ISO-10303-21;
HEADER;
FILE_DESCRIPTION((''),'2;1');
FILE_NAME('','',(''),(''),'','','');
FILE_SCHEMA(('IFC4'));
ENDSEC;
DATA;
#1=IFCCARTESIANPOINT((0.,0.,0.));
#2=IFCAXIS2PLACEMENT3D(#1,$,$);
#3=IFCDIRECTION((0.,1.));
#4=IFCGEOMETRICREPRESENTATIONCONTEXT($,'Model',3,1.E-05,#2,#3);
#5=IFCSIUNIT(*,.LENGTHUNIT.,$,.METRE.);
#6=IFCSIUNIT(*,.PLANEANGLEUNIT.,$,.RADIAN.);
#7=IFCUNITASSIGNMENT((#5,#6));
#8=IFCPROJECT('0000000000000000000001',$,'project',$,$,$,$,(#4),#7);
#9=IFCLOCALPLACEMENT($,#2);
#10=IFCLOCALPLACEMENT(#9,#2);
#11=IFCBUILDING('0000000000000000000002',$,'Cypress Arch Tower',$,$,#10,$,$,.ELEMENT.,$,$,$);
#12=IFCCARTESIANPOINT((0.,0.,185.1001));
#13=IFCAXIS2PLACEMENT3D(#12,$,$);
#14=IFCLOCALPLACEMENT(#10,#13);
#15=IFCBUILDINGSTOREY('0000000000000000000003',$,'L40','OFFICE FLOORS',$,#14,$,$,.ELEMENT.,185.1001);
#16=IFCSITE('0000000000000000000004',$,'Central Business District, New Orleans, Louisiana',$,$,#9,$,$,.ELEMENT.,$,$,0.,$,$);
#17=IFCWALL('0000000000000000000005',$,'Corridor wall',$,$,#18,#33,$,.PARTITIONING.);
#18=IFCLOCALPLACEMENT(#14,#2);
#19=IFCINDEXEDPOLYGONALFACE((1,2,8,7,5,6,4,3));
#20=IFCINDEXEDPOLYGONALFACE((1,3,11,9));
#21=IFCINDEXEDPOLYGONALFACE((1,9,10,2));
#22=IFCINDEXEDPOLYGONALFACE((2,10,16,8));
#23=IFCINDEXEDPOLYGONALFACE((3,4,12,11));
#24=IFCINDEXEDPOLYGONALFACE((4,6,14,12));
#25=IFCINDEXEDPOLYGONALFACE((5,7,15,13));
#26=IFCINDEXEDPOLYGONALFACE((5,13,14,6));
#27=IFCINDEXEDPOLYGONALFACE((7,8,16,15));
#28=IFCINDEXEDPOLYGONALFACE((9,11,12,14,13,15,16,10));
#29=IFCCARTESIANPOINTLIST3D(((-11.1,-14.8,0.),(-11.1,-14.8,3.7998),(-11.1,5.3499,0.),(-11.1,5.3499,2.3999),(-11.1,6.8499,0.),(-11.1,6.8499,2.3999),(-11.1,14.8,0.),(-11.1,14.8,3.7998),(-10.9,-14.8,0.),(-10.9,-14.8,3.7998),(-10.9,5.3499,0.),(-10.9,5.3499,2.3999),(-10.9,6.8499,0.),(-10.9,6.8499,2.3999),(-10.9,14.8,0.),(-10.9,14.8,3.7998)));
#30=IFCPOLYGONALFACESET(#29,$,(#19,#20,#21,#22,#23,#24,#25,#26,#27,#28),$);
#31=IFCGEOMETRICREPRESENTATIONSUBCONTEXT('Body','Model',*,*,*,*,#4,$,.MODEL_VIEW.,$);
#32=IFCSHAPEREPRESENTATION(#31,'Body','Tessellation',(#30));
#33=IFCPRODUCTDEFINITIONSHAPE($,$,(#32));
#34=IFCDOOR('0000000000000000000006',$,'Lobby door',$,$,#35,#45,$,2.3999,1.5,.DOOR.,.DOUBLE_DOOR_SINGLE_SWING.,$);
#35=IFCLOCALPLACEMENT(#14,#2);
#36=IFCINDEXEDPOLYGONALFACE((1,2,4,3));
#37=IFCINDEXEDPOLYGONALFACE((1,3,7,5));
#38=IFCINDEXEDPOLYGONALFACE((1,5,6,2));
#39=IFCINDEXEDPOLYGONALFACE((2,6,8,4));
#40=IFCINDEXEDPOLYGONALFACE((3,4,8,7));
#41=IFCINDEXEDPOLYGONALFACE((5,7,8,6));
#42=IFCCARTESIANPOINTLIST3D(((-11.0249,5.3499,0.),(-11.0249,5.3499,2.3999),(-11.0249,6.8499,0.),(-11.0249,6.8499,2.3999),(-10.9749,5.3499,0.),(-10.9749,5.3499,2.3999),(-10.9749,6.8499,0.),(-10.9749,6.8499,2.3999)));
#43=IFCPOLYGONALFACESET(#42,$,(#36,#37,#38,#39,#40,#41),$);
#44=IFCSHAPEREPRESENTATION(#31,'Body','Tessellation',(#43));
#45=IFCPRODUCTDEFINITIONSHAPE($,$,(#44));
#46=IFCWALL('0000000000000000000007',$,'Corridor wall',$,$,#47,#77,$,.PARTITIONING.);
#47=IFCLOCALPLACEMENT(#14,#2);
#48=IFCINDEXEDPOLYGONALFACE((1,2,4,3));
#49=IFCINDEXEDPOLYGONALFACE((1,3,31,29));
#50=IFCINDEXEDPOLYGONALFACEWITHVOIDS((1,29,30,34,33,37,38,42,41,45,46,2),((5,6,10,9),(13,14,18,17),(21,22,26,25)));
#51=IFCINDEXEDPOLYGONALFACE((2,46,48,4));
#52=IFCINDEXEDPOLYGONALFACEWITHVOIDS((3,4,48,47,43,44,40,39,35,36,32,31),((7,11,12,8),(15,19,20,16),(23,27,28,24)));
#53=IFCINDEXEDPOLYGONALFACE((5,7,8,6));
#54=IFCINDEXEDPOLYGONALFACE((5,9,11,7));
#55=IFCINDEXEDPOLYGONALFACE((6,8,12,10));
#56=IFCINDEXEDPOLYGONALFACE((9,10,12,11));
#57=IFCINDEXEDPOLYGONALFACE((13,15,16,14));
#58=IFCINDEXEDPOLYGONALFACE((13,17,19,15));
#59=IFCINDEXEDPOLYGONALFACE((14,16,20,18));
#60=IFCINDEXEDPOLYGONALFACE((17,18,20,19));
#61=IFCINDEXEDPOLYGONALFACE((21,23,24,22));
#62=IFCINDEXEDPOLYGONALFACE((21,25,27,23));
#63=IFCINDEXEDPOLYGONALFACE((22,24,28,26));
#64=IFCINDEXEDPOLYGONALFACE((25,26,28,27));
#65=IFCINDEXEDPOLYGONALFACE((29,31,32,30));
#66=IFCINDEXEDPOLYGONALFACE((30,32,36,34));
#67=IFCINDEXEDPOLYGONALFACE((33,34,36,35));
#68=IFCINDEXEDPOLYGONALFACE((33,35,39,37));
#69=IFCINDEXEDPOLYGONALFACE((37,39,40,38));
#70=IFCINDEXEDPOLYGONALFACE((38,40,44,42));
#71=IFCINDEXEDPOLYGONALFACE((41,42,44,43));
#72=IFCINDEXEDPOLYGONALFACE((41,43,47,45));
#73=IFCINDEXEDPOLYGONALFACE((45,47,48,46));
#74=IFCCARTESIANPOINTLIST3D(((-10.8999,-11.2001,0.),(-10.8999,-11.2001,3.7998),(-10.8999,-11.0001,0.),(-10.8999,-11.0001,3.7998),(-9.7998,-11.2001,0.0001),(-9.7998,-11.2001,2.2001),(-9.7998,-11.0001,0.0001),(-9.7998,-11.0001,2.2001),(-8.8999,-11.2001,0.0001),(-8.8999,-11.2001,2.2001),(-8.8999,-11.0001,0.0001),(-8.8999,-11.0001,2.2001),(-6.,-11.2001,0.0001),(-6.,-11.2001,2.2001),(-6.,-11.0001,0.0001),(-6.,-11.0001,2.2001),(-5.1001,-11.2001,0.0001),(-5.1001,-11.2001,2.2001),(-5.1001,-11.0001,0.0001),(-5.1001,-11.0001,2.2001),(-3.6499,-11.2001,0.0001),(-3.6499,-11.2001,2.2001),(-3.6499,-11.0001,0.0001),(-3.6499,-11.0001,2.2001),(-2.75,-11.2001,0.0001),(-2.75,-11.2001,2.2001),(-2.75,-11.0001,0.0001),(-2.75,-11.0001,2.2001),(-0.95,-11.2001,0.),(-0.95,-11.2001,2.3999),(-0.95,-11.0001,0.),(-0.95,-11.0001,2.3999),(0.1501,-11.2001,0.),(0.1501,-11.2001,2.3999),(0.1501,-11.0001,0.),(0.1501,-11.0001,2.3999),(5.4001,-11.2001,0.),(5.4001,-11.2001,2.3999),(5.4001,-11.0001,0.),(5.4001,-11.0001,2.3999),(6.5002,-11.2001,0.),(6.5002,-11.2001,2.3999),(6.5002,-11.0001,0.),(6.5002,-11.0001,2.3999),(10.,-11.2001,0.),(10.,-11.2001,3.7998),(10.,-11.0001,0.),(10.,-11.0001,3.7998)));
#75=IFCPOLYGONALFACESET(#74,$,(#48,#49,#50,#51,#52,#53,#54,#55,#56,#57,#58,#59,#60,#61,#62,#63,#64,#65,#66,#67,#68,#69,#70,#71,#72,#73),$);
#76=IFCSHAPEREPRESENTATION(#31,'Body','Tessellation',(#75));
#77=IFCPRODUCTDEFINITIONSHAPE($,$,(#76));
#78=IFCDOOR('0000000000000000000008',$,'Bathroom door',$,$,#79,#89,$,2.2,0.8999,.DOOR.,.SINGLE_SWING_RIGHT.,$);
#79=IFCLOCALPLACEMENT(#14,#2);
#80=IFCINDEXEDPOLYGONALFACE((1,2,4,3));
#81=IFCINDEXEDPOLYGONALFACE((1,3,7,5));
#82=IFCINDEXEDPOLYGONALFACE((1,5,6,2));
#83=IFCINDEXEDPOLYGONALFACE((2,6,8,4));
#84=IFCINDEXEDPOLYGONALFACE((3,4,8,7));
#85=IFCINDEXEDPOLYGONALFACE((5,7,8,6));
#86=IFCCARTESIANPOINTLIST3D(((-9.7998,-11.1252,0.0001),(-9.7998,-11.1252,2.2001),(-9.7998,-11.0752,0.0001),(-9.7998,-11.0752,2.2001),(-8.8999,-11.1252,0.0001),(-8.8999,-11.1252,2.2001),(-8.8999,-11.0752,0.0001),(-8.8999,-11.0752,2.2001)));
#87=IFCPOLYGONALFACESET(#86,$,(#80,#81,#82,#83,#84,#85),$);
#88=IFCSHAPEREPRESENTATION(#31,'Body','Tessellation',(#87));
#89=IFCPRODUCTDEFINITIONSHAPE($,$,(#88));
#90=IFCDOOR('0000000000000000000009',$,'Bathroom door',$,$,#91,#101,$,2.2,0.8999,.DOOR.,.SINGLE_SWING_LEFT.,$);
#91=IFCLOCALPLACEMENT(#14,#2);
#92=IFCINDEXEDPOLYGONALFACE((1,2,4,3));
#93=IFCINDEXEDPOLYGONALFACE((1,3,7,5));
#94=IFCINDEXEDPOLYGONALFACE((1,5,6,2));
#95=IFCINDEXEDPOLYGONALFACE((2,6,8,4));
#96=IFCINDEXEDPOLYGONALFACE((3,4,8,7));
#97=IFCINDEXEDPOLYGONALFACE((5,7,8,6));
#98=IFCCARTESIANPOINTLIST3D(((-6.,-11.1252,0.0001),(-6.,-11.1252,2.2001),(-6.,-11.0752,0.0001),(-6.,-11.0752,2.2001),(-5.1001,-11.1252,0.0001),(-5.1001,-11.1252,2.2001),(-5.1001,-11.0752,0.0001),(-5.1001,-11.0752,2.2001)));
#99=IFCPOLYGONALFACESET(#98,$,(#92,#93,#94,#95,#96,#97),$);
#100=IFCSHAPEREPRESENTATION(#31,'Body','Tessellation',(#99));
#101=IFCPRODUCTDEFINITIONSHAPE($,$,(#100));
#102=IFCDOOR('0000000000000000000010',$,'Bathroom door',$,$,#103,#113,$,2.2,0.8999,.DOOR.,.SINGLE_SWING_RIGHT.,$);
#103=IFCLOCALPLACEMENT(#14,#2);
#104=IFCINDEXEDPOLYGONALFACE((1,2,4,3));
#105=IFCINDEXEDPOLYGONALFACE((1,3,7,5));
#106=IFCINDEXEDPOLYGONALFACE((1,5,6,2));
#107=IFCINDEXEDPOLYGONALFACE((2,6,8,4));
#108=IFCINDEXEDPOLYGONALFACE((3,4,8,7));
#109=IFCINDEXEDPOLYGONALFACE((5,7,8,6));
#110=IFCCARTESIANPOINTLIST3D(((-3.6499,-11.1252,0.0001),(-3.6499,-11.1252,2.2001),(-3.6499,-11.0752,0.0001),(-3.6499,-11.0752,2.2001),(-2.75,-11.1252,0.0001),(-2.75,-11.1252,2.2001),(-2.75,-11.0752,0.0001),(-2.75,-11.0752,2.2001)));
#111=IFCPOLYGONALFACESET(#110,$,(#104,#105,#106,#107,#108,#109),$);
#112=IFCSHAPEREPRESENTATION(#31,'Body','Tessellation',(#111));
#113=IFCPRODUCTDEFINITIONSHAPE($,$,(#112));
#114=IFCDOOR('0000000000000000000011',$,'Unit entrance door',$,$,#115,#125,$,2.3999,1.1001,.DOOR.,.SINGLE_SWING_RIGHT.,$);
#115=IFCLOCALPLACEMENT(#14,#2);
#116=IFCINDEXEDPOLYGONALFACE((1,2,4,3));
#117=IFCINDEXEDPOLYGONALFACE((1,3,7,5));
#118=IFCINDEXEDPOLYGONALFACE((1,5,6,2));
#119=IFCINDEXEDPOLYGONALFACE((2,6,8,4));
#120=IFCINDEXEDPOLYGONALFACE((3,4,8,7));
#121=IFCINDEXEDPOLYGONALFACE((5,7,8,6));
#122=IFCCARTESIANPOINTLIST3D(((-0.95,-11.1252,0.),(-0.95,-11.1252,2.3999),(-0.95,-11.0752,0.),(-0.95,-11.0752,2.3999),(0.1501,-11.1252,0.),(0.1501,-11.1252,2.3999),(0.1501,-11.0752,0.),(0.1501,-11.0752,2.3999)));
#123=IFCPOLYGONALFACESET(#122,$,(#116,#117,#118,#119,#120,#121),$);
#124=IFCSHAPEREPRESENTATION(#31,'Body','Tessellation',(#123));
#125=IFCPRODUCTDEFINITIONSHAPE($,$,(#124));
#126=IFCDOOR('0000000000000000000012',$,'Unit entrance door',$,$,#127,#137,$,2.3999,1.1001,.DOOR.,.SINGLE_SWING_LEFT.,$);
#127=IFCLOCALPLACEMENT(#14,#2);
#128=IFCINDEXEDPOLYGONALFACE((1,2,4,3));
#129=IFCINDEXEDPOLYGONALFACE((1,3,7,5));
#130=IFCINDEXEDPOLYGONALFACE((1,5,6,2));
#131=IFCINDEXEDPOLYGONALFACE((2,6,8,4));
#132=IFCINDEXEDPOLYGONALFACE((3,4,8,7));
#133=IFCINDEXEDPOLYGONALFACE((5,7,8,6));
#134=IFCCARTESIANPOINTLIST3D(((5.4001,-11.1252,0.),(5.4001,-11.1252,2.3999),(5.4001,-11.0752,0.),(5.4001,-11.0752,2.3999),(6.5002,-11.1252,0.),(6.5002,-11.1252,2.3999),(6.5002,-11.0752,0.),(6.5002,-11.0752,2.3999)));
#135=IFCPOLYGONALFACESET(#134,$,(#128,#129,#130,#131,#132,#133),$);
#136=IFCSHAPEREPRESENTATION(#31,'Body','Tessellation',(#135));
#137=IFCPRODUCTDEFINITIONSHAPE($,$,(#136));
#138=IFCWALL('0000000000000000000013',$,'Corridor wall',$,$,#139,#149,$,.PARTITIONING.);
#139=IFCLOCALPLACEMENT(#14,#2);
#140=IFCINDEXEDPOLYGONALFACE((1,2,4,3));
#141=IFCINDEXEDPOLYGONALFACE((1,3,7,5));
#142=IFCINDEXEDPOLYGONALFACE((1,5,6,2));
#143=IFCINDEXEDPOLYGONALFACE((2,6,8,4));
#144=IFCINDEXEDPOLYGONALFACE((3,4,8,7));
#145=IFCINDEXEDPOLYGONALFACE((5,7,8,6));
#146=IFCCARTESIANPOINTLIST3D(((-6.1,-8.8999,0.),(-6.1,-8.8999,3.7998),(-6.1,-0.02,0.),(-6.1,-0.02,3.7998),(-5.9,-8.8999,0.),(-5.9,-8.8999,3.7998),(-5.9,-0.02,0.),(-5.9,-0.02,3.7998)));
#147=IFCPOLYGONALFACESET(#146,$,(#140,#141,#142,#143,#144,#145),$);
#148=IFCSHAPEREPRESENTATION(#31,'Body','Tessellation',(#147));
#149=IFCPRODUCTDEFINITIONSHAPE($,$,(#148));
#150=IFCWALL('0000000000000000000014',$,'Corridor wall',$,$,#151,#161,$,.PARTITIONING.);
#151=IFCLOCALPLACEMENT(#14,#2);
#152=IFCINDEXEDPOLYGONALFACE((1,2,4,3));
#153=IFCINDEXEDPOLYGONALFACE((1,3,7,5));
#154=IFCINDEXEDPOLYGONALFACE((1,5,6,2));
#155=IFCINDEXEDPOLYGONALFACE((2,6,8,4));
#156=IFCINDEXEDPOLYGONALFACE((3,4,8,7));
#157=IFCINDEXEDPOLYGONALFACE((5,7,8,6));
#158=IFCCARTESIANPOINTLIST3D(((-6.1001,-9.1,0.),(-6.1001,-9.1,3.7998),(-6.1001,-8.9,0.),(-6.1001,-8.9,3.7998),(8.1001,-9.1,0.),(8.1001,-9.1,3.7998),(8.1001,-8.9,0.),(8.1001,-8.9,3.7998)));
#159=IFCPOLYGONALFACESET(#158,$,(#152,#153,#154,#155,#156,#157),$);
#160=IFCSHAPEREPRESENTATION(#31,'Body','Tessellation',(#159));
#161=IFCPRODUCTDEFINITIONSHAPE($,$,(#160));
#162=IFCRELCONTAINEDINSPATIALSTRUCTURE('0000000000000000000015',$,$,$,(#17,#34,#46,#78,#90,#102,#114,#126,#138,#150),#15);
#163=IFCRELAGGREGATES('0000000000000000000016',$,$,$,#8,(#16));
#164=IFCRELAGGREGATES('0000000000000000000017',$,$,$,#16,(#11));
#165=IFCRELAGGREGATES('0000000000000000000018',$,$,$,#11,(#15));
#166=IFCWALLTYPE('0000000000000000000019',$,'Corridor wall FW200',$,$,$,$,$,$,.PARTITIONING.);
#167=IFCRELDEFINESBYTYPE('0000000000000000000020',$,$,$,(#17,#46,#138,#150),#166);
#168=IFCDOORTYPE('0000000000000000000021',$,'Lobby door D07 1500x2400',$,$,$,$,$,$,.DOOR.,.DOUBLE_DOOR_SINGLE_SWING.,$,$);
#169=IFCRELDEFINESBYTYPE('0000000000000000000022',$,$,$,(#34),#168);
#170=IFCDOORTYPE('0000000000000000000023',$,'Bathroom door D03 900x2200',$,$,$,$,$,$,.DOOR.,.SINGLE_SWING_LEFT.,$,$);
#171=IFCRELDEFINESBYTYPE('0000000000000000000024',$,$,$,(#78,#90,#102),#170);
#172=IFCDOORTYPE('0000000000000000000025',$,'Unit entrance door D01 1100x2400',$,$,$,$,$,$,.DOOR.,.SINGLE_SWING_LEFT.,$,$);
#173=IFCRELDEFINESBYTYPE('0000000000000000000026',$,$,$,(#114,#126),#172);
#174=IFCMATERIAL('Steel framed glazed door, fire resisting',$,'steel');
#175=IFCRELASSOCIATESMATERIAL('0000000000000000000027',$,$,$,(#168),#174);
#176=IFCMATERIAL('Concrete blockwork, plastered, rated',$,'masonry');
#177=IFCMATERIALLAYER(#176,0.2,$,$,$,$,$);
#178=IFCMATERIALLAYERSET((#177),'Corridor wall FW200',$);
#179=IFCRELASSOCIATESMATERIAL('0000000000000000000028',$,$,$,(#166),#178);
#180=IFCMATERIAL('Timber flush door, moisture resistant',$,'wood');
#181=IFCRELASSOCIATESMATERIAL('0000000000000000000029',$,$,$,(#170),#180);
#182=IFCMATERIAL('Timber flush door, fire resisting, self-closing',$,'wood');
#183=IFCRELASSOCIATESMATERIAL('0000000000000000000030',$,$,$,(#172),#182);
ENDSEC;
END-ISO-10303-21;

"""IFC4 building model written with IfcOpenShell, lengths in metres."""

from ifc_helpers import new_model, si_unit, direction, frame, frame_2d, origin, place, context, subcontext, project, spatial, rectangle, extrude, material, layer, layer_set, type_object, element, fill, save


model = new_model("IFC4")

# Units and contexts
model_context = context("Model", 3, precision=1e-05, world=origin(), true_north=direction((0.0, 1.0)))
body_context = subcontext(model_context, "Body", "Model", "MODEL_VIEW")
ifc_project = project(units=[si_unit("LENGTHUNIT", "METRE"), si_unit("PLANEANGLEUNIT", "RADIAN")], contexts=[model_context])

# Site, building, storey
site_placement = place(None, origin())
site = spatial("IfcSite", under=ifc_project, at=site_placement, Name="Central Business District, New Orleans, Louisiana", CompositionType="ELEMENT", RefElevation=0.0)
building_placement = place(site_placement, origin())
building = spatial("IfcBuilding", under=site, at=building_placement, Name="Cypress Arch Tower", CompositionType="ELEMENT")
storey_placement = place(building_placement, frame((0.0, 0.0, 185.1001)))
storey = spatial("IfcBuildingStorey", under=building, at=storey_placement, Name="L40", Description="OFFICE FLOORS", CompositionType="ELEMENT", Elevation=185.1001)

# Shared definitions
ifc_material_1 = material(Name="Steel framed glazed door, fire resisting", Category="steel")
door_type_1 = type_object("IfcDoorType", Name="Lobby door D07 1500x2400", OperationType="DOUBLE_DOOR_SINGLE_SWING", PredefinedType="DOOR", material=ifc_material_1)

# Shared definitions
ifc_material_2 = material(Name="Concrete blockwork, plastered, rated", Category="masonry")
ifc_layer_1 = layer(ifc_material_2, 0.2)
ifc_layer_set_1 = layer_set([ifc_layer_1], Name="Corridor wall FW200")
wall_type_1 = type_object("IfcWallType", Name="Corridor wall FW200", PredefinedType="PARTITIONING", material=ifc_layer_set_1)

# Wall, opening, door
wall_1_placement = place(storey_placement, frame((-11.0, -14.8, 0.0), z_axis=(0.0, 0.0, 1.0), x_axis=(0.0, 1.0, 0.0)))
wall_1 = element("IfcWall", 1, at=wall_1_placement, inside=storey, type_object=wall_type_1, Name="Corridor wall", PredefinedType="PARTITIONING", context=body_context, shape_type="SweptSolid", body=[
    extrude(rectangle(XDim=29.6001, YDim=0.2, at=frame_2d((14.8, 0.0))), origin(), (0.0, 0.0, 1.0), 3.7998),
])
opening_1_placement = place(wall_1_placement, frame((20.1499, 0.0, 0.0)))
opening_1 = element("IfcOpeningElement", 2, at=opening_1_placement, cuts=wall_1, PredefinedType="OPENING", context=body_context, shape_type="SweptSolid", body=[
    extrude(rectangle(XDim=1.5, YDim=2.3999, at=frame_2d((0.75, 1.2))), frame((0.0, 0.1099, 0.0), z_axis=(0.0, -1.0, 0.0), x_axis=(1.0, 0.0, 0.0)), (0.0, 0.0, 1.0), 0.22),
])
door_1_placement = place(opening_1_placement, origin())
door_1 = element("IfcDoor", 3, at=door_1_placement, inside=storey, type_object=door_type_1, Name="Lobby door", OperationType="DOUBLE_DOOR_SINGLE_SWING", OverallHeight=2.3999, OverallWidth=1.5, PredefinedType="DOOR", context=body_context, shape_type="SweptSolid", body=[
    extrude(rectangle(XDim=1.5, YDim=2.3999, at=frame_2d((0.75, 1.2))), frame((0.0, 0.0249, 0.0), z_axis=(0.0, -1.0, 0.0), x_axis=(1.0, 0.0, 0.0)), (0.0, 0.0, 1.0), 0.05),
])
fill(opening_1, door_1)

# Wall, openings, doors
wall_2_placement = place(storey_placement, frame((-10.8999, -11.1001, 0.0), z_axis=(0.0, 0.0, 1.0), x_axis=(1.0, 0.0, 0.0)))
wall_2 = element("IfcWall", 4, at=wall_2_placement, inside=storey, type_object=wall_type_1, Name="Corridor wall", PredefinedType="PARTITIONING", context=body_context, shape_type="SweptSolid", body=[
    extrude(rectangle(XDim=20.8999, YDim=0.2, at=frame_2d((10.45, 0.0))), origin(), (0.0, 0.0, 1.0), 3.7998),
])
opening_2_placement = place(wall_2_placement, frame((1.1001, 0.0, 0.0)))
opening_2 = element("IfcOpeningElement", 5, at=opening_2_placement, cuts=wall_2, PredefinedType="OPENING", context=body_context, shape_type="SweptSolid", body=[
    extrude(rectangle(XDim=0.8999, YDim=2.2, at=frame_2d((0.45, 1.1001))), frame((0.0, 0.1099, 0.0), z_axis=(0.0, -1.0, 0.0), x_axis=(1.0, 0.0, 0.0)), (0.0, 0.0, 1.0), 0.22),
])
opening_3_placement = place(wall_2_placement, frame((4.8999, 0.0, 0.0)))
opening_3 = element("IfcOpeningElement", 6, at=opening_3_placement, cuts=wall_2, PredefinedType="OPENING", context=body_context, shape_type="SweptSolid", body=[
    extrude(rectangle(XDim=0.8999, YDim=2.2, at=frame_2d((0.45, 1.1001))), frame((0.0, 0.1099, 0.0), z_axis=(0.0, -1.0, 0.0), x_axis=(1.0, 0.0, 0.0)), (0.0, 0.0, 1.0), 0.22),
])
opening_4_placement = place(wall_2_placement, frame((7.25, 0.0, 0.0)))
opening_4 = element("IfcOpeningElement", 7, at=opening_4_placement, cuts=wall_2, PredefinedType="OPENING", context=body_context, shape_type="SweptSolid", body=[
    extrude(rectangle(XDim=0.8999, YDim=2.2, at=frame_2d((0.45, 1.1001))), frame((0.0, 0.1099, 0.0), z_axis=(0.0, -1.0, 0.0), x_axis=(1.0, 0.0, 0.0)), (0.0, 0.0, 1.0), 0.22),
])
opening_5_placement = place(wall_2_placement, frame((9.95, 0.0, 0.0)))
opening_5 = element("IfcOpeningElement", 8, at=opening_5_placement, cuts=wall_2, PredefinedType="OPENING", context=body_context, shape_type="SweptSolid", body=[
    extrude(rectangle(XDim=1.1001, YDim=2.3999, at=frame_2d((0.55, 1.2))), frame((0.0, 0.1099, 0.0), z_axis=(0.0, -1.0, 0.0), x_axis=(1.0, 0.0, 0.0)), (0.0, 0.0, 1.0), 0.22),
])
opening_6_placement = place(wall_2_placement, frame((16.3, 0.0, 0.0)))
opening_6 = element("IfcOpeningElement", 9, at=opening_6_placement, cuts=wall_2, PredefinedType="OPENING", context=body_context, shape_type="SweptSolid", body=[
    extrude(rectangle(XDim=1.1001, YDim=2.3999, at=frame_2d((0.55, 1.2))), frame((0.0, 0.1099, 0.0), z_axis=(0.0, -1.0, 0.0), x_axis=(1.0, 0.0, 0.0)), (0.0, 0.0, 1.0), 0.22),
])
ifc_material_3 = material(Name="Timber flush door, moisture resistant", Category="wood")
door_type_2 = type_object("IfcDoorType", Name="Bathroom door D03 900x2200", OperationType="SINGLE_SWING_LEFT", PredefinedType="DOOR", material=ifc_material_3)
door_2_placement = place(opening_2_placement, origin())
door_2 = element("IfcDoor", 10, at=door_2_placement, inside=storey, type_object=door_type_2, Name="Bathroom door", OperationType="SINGLE_SWING_RIGHT", OverallHeight=2.2, OverallWidth=0.8999, PredefinedType="DOOR", context=body_context, shape_type="SweptSolid", body=[
    extrude(rectangle(XDim=0.8999, YDim=2.2, at=frame_2d((0.45, 1.1001))), frame((0.0, 0.0249, 0.0), z_axis=(0.0, -1.0, 0.0), x_axis=(1.0, 0.0, 0.0)), (0.0, 0.0, 1.0), 0.05),
])
fill(opening_2, door_2)
door_3_placement = place(opening_3_placement, origin())
door_3 = element("IfcDoor", 11, at=door_3_placement, inside=storey, type_object=door_type_2, Name="Bathroom door", OperationType="SINGLE_SWING_LEFT", OverallHeight=2.2, OverallWidth=0.8999, PredefinedType="DOOR", context=body_context, shape_type="SweptSolid", body=[
    extrude(rectangle(XDim=0.8999, YDim=2.2, at=frame_2d((0.45, 1.1001))), frame((0.0, 0.0249, 0.0), z_axis=(0.0, -1.0, 0.0), x_axis=(1.0, 0.0, 0.0)), (0.0, 0.0, 1.0), 0.05),
])
fill(opening_3, door_3)
door_4_placement = place(opening_4_placement, origin())
door_4 = element("IfcDoor", 12, at=door_4_placement, inside=storey, type_object=door_type_2, Name="Bathroom door", OperationType="SINGLE_SWING_RIGHT", OverallHeight=2.2, OverallWidth=0.8999, PredefinedType="DOOR", context=body_context, shape_type="SweptSolid", body=[
    extrude(rectangle(XDim=0.8999, YDim=2.2, at=frame_2d((0.45, 1.1001))), frame((0.0, 0.0249, 0.0), z_axis=(0.0, -1.0, 0.0), x_axis=(1.0, 0.0, 0.0)), (0.0, 0.0, 1.0), 0.05),
])
fill(opening_4, door_4)
ifc_material_4 = material(Name="Timber flush door, fire resisting, self-closing", Category="wood")
door_type_3 = type_object("IfcDoorType", Name="Unit entrance door D01 1100x2400", OperationType="SINGLE_SWING_LEFT", PredefinedType="DOOR", material=ifc_material_4)
door_5_placement = place(opening_5_placement, origin())
door_5 = element("IfcDoor", 13, at=door_5_placement, inside=storey, type_object=door_type_3, Name="Unit entrance door", OperationType="SINGLE_SWING_RIGHT", OverallHeight=2.3999, OverallWidth=1.1001, PredefinedType="DOOR", context=body_context, shape_type="SweptSolid", body=[
    extrude(rectangle(XDim=1.1001, YDim=2.3999, at=frame_2d((0.55, 1.2))), frame((0.0, 0.0249, 0.0), z_axis=(0.0, -1.0, 0.0), x_axis=(1.0, 0.0, 0.0)), (0.0, 0.0, 1.0), 0.05),
])
fill(opening_5, door_5)
door_6_placement = place(opening_6_placement, origin())
door_6 = element("IfcDoor", 14, at=door_6_placement, inside=storey, type_object=door_type_3, Name="Unit entrance door", OperationType="SINGLE_SWING_LEFT", OverallHeight=2.3999, OverallWidth=1.1001, PredefinedType="DOOR", context=body_context, shape_type="SweptSolid", body=[
    extrude(rectangle(XDim=1.1001, YDim=2.3999, at=frame_2d((0.55, 1.2))), frame((0.0, 0.0249, 0.0), z_axis=(0.0, -1.0, 0.0), x_axis=(1.0, 0.0, 0.0)), (0.0, 0.0, 1.0), 0.05),
])
fill(opening_6, door_6)

# Walls
wall_3_placement = place(storey_placement, frame((-6.0, -8.8999, 0.0), z_axis=(0.0, 0.0, 1.0), x_axis=(0.0, 1.0, 0.0)))
element("IfcWall", 15, at=wall_3_placement, inside=storey, type_object=wall_type_1, Name="Corridor wall", PredefinedType="PARTITIONING", context=body_context, shape_type="SweptSolid", body=[
    extrude(rectangle(XDim=8.8799, YDim=0.2, at=frame_2d((4.4399, 0.0))), origin(), (0.0, 0.0, 1.0), 3.7998),
])
wall_4_placement = place(storey_placement, frame((-6.1001, -9.0, 0.0), z_axis=(0.0, 0.0, 1.0), x_axis=(1.0, 0.0, 0.0)))
element("IfcWall", 16, at=wall_4_placement, inside=storey, type_object=wall_type_1, Name="Corridor wall", PredefinedType="PARTITIONING", context=body_context, shape_type="SweptSolid", body=[
    extrude(rectangle(XDim=14.2002, YDim=0.2, at=frame_2d((7.1001, 0.0))), origin(), (0.0, 0.0, 1.0), 3.7998),
])

save(model, "model.ifc")
